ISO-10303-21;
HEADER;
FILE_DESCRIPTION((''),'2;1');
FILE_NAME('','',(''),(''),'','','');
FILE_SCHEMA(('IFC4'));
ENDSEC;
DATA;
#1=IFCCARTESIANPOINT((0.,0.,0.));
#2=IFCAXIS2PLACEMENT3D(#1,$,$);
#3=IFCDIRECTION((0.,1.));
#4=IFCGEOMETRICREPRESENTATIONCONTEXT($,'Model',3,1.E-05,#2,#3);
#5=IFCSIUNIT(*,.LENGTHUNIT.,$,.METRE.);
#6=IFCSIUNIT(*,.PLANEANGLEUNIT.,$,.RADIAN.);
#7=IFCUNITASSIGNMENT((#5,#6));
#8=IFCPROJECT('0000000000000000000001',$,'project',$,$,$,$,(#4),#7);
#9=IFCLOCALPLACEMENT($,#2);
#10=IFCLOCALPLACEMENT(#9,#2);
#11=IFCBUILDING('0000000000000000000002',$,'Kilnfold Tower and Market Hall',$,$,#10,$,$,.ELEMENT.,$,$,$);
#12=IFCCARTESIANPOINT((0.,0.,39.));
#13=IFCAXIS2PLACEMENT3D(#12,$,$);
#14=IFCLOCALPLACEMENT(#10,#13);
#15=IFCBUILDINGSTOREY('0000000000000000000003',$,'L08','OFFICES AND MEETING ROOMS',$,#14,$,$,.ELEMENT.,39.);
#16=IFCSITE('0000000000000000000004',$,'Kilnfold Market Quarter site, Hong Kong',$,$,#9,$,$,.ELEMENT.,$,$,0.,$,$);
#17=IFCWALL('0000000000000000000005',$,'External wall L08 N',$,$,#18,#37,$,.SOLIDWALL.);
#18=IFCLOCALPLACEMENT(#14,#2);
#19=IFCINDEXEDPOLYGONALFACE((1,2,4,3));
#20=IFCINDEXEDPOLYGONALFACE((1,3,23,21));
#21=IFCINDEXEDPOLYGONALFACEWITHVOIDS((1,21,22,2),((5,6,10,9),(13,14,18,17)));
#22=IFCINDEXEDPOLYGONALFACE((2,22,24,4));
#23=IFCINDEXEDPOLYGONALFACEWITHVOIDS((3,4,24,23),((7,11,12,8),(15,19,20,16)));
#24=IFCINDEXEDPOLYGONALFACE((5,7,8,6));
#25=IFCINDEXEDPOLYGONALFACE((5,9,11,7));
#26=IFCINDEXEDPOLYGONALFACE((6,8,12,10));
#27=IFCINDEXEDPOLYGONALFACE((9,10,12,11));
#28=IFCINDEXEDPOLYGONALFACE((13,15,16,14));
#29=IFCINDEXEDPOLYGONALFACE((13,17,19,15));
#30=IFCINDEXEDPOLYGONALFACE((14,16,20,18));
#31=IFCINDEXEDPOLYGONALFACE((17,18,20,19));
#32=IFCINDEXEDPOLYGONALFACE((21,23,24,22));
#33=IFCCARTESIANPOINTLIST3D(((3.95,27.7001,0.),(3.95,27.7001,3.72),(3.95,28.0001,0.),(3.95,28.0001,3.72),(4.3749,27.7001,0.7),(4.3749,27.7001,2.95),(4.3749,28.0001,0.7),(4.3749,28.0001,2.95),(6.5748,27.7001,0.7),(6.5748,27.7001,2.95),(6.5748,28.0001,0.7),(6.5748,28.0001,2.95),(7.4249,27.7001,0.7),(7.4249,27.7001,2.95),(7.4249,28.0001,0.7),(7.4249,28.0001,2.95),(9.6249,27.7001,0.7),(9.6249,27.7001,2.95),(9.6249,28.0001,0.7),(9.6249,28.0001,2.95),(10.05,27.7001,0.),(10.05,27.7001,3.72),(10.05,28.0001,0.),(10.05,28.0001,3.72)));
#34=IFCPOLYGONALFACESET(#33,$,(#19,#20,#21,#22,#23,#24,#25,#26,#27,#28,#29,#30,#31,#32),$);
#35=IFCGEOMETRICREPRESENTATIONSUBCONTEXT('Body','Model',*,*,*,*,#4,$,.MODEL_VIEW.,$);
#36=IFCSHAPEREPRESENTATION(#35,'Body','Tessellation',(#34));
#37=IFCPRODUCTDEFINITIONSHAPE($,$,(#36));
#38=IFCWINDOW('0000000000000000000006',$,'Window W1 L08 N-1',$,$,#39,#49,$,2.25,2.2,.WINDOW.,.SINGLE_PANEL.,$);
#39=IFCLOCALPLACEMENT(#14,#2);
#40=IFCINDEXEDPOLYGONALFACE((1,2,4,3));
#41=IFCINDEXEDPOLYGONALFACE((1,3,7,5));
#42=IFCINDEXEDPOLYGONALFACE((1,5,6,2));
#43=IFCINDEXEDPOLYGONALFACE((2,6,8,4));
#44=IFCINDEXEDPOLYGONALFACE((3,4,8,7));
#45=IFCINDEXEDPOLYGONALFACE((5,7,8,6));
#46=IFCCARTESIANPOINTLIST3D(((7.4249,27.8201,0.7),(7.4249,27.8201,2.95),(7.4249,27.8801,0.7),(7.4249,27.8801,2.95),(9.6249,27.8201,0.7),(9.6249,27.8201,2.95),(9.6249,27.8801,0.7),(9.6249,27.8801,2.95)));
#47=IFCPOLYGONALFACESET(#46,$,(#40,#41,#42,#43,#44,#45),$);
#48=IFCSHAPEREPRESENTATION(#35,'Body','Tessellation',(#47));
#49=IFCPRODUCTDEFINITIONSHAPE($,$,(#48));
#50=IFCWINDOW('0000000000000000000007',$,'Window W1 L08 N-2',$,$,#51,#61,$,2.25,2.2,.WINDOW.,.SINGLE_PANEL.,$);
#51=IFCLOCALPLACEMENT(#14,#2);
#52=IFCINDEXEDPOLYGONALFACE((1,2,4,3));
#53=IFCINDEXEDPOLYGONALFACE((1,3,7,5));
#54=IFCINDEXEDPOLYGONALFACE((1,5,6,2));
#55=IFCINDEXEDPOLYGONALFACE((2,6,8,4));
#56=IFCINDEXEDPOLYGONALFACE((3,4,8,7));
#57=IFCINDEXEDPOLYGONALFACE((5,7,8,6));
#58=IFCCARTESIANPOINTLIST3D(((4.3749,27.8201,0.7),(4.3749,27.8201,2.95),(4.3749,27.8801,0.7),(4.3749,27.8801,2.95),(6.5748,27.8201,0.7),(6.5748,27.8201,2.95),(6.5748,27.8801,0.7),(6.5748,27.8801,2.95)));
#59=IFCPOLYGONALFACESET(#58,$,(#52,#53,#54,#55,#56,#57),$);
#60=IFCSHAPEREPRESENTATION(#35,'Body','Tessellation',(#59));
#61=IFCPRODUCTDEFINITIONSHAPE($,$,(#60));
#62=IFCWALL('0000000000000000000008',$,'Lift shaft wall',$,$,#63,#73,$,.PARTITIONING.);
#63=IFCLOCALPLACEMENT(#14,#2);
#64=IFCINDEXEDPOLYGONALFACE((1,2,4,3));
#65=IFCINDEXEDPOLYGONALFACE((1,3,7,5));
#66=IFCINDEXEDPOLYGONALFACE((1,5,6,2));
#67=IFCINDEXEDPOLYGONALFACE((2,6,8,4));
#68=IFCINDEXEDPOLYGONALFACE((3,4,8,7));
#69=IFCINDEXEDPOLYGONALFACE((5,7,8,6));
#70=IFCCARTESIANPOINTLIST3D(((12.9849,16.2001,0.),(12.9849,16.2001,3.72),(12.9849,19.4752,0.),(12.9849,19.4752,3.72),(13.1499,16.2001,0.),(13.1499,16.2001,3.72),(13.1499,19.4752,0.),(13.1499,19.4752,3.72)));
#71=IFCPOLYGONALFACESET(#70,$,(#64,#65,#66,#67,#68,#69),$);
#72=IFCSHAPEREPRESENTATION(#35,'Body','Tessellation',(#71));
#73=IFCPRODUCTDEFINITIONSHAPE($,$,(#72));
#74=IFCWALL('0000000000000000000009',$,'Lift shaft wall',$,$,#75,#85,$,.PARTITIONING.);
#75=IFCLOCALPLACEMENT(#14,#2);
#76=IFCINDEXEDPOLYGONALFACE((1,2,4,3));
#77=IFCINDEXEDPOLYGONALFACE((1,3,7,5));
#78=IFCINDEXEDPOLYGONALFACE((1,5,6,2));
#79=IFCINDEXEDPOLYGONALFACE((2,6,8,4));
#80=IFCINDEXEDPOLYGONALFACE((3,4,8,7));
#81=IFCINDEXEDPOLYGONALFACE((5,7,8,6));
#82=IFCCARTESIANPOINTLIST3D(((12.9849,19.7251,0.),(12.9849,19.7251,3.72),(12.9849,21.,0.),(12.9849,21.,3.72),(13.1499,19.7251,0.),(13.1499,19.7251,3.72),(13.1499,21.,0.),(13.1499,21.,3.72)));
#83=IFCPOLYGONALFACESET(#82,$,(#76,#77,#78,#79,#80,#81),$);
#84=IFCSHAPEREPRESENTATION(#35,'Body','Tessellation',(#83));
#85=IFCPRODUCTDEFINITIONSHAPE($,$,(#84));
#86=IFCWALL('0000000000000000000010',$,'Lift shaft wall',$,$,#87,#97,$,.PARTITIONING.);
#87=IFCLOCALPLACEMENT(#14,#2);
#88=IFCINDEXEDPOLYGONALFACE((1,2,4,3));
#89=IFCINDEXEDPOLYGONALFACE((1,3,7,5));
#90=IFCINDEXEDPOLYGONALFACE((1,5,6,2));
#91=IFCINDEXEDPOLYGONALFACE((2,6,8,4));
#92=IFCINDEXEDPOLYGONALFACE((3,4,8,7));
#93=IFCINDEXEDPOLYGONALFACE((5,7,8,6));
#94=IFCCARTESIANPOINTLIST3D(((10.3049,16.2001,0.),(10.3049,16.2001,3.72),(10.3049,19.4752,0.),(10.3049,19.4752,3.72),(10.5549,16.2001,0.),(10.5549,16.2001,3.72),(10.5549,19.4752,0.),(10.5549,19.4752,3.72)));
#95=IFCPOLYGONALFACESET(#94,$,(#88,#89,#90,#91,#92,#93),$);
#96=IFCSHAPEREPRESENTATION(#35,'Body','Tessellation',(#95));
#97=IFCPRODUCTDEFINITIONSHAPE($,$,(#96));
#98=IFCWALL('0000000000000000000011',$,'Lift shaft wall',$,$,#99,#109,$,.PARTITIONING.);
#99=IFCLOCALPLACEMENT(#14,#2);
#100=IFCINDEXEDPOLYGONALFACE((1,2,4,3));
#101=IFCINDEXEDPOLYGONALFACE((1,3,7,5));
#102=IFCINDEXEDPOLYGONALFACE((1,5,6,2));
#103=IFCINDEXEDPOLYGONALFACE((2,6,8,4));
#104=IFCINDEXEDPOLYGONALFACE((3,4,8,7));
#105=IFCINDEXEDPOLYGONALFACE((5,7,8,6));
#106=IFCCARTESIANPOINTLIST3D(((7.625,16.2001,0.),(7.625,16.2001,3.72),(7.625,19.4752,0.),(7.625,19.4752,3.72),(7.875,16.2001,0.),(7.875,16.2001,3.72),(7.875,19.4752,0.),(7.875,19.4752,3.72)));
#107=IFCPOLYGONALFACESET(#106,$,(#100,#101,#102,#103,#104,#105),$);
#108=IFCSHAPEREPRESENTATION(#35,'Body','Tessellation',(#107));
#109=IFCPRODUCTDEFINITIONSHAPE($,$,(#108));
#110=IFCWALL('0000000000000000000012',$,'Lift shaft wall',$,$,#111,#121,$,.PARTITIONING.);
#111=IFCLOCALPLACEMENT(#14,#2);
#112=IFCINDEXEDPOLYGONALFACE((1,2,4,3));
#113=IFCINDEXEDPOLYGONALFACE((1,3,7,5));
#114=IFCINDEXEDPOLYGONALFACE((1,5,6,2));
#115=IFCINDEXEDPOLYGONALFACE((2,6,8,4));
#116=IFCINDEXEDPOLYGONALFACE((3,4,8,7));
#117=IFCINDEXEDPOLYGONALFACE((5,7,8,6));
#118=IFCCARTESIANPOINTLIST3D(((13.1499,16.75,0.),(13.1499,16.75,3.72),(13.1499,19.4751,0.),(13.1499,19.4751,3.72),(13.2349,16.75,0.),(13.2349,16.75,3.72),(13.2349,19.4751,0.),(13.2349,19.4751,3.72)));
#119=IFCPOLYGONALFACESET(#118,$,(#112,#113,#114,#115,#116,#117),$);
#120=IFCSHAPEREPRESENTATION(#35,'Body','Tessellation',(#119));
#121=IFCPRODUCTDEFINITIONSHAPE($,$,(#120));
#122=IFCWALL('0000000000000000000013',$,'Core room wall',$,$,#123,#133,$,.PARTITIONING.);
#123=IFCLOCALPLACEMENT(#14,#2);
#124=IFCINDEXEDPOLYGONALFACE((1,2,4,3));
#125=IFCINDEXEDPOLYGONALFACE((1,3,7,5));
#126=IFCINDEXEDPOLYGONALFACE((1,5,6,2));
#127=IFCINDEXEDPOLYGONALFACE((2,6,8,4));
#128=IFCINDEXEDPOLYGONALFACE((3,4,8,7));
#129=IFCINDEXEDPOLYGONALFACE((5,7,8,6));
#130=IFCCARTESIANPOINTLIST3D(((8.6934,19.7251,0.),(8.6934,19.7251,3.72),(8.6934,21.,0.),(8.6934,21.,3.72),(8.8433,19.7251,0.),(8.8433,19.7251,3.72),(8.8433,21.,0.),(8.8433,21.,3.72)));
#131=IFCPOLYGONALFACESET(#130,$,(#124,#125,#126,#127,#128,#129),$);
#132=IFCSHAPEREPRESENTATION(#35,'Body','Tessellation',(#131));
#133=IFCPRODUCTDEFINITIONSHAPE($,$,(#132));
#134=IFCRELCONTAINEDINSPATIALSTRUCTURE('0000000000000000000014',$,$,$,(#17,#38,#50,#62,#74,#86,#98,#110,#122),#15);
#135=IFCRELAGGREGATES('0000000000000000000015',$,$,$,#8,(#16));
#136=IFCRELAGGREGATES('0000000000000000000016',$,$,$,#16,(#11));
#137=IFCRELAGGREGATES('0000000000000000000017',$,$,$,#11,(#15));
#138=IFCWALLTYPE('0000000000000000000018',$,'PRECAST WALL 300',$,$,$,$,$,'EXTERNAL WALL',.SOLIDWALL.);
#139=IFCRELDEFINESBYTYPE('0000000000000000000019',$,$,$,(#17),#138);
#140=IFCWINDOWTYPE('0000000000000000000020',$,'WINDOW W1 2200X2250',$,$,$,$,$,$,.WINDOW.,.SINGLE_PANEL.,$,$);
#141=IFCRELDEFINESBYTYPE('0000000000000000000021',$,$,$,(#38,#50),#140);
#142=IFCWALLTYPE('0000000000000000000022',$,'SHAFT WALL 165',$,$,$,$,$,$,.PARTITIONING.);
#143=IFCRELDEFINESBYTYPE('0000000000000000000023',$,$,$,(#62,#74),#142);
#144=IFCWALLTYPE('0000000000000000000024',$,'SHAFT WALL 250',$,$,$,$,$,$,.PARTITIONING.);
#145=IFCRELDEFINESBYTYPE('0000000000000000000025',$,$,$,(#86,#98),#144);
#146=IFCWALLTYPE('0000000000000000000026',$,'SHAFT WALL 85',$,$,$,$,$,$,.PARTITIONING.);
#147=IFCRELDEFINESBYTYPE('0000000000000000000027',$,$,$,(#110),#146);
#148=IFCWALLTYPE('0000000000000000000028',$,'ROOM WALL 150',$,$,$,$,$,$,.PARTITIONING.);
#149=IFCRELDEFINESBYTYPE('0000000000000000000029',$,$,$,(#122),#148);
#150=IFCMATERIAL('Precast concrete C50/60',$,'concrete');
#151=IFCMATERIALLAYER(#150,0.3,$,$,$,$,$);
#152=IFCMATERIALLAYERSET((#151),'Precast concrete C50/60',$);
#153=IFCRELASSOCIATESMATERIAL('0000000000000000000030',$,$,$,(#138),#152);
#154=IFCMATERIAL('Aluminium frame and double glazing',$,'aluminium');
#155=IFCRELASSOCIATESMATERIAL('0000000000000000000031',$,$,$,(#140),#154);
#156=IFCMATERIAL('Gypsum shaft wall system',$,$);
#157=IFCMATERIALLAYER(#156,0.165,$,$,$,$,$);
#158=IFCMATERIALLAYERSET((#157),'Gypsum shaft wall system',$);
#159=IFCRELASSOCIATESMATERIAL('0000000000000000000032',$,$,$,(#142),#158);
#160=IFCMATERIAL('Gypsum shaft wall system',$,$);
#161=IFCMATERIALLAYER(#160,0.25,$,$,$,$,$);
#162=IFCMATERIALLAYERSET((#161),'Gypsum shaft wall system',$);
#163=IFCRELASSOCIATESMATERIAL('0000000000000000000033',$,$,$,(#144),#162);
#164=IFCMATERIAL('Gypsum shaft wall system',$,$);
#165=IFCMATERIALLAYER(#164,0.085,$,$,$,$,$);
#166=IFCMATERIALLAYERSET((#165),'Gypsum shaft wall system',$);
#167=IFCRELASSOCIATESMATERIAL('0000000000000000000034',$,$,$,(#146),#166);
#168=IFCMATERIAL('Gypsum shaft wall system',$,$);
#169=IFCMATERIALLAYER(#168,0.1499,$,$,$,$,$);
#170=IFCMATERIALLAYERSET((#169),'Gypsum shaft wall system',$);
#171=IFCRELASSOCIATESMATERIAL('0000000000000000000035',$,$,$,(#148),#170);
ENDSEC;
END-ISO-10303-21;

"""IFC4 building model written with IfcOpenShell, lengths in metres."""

from ifc_helpers import new_model, si_unit, direction, frame, frame_2d, origin, place, context, subcontext, project, spatial, rectangle, extrude, source, transform, mapped, material, layer, layer_set, type_object, element, fill, save


model = new_model("IFC4")

# Units and contexts
model_context = context("Model", 3, precision=1e-05, world=origin(), true_north=direction((0.0, 1.0)))
body_context = subcontext(model_context, "Body", "Model", "MODEL_VIEW")
ifc_project = project(units=[si_unit("LENGTHUNIT", "METRE"), si_unit("PLANEANGLEUNIT", "RADIAN")], contexts=[model_context])

# Site, building, storey
site_placement = place(None, origin())
site = spatial("IfcSite", under=ifc_project, at=site_placement, Name="Kilnfold Market Quarter site, Hong Kong", CompositionType="ELEMENT", RefElevation=0.0)
building_placement = place(site_placement, origin())
building = spatial("IfcBuilding", under=site, at=building_placement, Name="Kilnfold Tower and Market Hall", CompositionType="ELEMENT")
storey_placement = place(building_placement, frame((0.0, 0.0, 39.0)))
storey = spatial("IfcBuildingStorey", under=building, at=storey_placement, Name="L08", Description="OFFICES AND MEETING ROOMS", CompositionType="ELEMENT", Elevation=39.0)

# Wall, openings, windows
ifc_material_1 = material(Name="Precast concrete C50/60", Category="concrete")
ifc_layer_1 = layer(ifc_material_1, 0.3)
ifc_layer_set_1 = layer_set([ifc_layer_1], Name="Precast concrete C50/60")
wall_type_1 = type_object("IfcWallType", Name="PRECAST WALL 300", ElementType="EXTERNAL WALL", PredefinedType="SOLIDWALL", material=ifc_layer_set_1)
shared_shape_1 = source(origin(), body_context, "Body", "SweptSolid", [
    extrude(rectangle(XDim=6.1001, YDim=0.3, at=frame_2d((3.05, 0.0))), origin(), (0.0, 0.0, 1.0), 3.72),
])
ifc_material_2 = material(Name="Aluminium frame and double glazing", Category="aluminium")
window_type = type_object("IfcWindowType", Name="WINDOW W1 2200X2250", PartitioningType="SINGLE_PANEL", PredefinedType="WINDOW", material=ifc_material_2)
wall_1_placement = place(storey_placement, frame((10.05, 27.8501, 0.0), z_axis=(0.0, 0.0, 1.0), x_axis=(-1.0, 0.0, 0.0)))
wall_1 = element("IfcWall", 1, at=wall_1_placement, inside=storey, type_object=wall_type_1, Name="External wall L08 N", PredefinedType="SOLIDWALL", context=body_context, shape_type="MappedRepresentation", body=[
    mapped(shared_shape_1, transform((0.0, 0.0, 0.0))),
])
opening_1_placement = place(wall_1_placement, frame((0.425, 0.0, 0.7)))
opening_1 = element("IfcOpeningElement", 2, at=opening_1_placement, cuts=wall_1, PredefinedType="OPENING", context=body_context, shape_type="SweptSolid", body=[
    extrude(rectangle(XDim=2.2, YDim=2.25, at=frame_2d((1.1001, 1.125))), frame((0.0, 0.1602, 0.0), z_axis=(0.0, -1.0, 0.0), x_axis=(1.0, 0.0, 0.0)), (0.0, 0.0, 1.0), 0.3201),
])
opening_2_placement = place(wall_1_placement, frame((3.4751, 0.0, 0.7)))
opening_2 = element("IfcOpeningElement", 3, at=opening_2_placement, cuts=wall_1, PredefinedType="OPENING", context=body_context, shape_type="SweptSolid", body=[
    extrude(rectangle(XDim=2.2, YDim=2.25, at=frame_2d((1.1001, 1.125))), frame((0.0, 0.1602, 0.0), z_axis=(0.0, -1.0, 0.0), x_axis=(1.0, 0.0, 0.0)), (0.0, 0.0, 1.0), 0.3201),
])
window_1_placement = place(opening_1_placement, origin())
window_1 = element("IfcWindow", 4, at=window_1_placement, inside=storey, type_object=window_type, Name="Window W1 L08 N-1", OverallHeight=2.25, OverallWidth=2.2, PartitioningType="SINGLE_PANEL", PredefinedType="WINDOW", context=body_context, shape_type="SweptSolid", body=[
    extrude(rectangle(XDim=2.2, YDim=2.25, at=frame_2d((1.1001, 1.125))), frame((0.0, 0.03, 0.0), z_axis=(0.0, -1.0, 0.0), x_axis=(1.0, 0.0, 0.0)), (0.0, 0.0, 1.0), 0.0601),
])
fill(opening_1, window_1)
window_2_placement = place(opening_2_placement, origin())
window_2 = element("IfcWindow", 5, at=window_2_placement, inside=storey, type_object=window_type, Name="Window W1 L08 N-2", OverallHeight=2.25, OverallWidth=2.2, PartitioningType="SINGLE_PANEL", PredefinedType="WINDOW", context=body_context, shape_type="SweptSolid", body=[
    extrude(rectangle(XDim=2.2, YDim=2.25, at=frame_2d((1.1001, 1.125))), frame((0.0, 0.03, 0.0), z_axis=(0.0, -1.0, 0.0), x_axis=(1.0, 0.0, 0.0)), (0.0, 0.0, 1.0), 0.0601),
])
fill(opening_2, window_2)

# Walls
ifc_material_3 = material(Name="Gypsum shaft wall system")
ifc_layer_2 = layer(ifc_material_3, 0.165)
ifc_layer_set_2 = layer_set([ifc_layer_2], Name="Gypsum shaft wall system")
wall_type_2 = type_object("IfcWallType", Name="SHAFT WALL 165", PredefinedType="PARTITIONING", material=ifc_layer_set_2)
shared_shape_2 = source(origin(), body_context, "Body", "SweptSolid", [
    extrude(rectangle(XDim=3.2751, YDim=0.165, at=frame_2d((1.6377, 0.0))), origin(), (0.0, 0.0, 1.0), 3.72),
])
wall_2_placement = place(storey_placement, frame((13.0674, 16.2, 0.0), z_axis=(0.0, 0.0, 1.0), x_axis=(0.0, 1.0, 0.0)))
element("IfcWall", 6, at=wall_2_placement, inside=storey, type_object=wall_type_2, Name="Lift shaft wall", PredefinedType="PARTITIONING", context=body_context, shape_type="MappedRepresentation", body=[
    mapped(shared_shape_2, transform((0.0, 0.0, 0.0))),
])
shared_shape_3 = source(origin(), body_context, "Body", "SweptSolid", [
    extrude(rectangle(XDim=1.2749, YDim=0.165, at=frame_2d((0.6375, 0.0))), origin(), (0.0, 0.0, 1.0), 3.72),
])
wall_3_placement = place(storey_placement, frame((13.0674, 19.7251, 0.0), z_axis=(0.0, 0.0, 1.0), x_axis=(0.0, 1.0, 0.0)))
element("IfcWall", 7, at=wall_3_placement, inside=storey, type_object=wall_type_2, Name="Lift shaft wall", PredefinedType="PARTITIONING", context=body_context, shape_type="MappedRepresentation", body=[
    mapped(shared_shape_3, transform((0.0, 0.0, 0.0))),
])
ifc_material_4 = material(Name="Gypsum shaft wall system")
ifc_layer_3 = layer(ifc_material_4, 0.25)
ifc_layer_set_3 = layer_set([ifc_layer_3], Name="Gypsum shaft wall system")
wall_type_3 = type_object("IfcWallType", Name="SHAFT WALL 250", PredefinedType="PARTITIONING", material=ifc_layer_set_3)
shared_shape_4 = source(origin(), body_context, "Body", "SweptSolid", [
    extrude(rectangle(XDim=3.2751, YDim=0.25, at=frame_2d((1.6377, 0.0))), origin(), (0.0, 0.0, 1.0), 3.72),
])
for number, where, z_axis, x_axis, name in (
    (8, (10.4299, 16.2, 0.0), (0.0, 0.0, 1.0), (0.0, 1.0, 0.0), "Lift shaft wall"),
    (9, (7.75, 16.2, 0.0), (0.0, 0.0, 1.0), (0.0, 1.0, 0.0), "Lift shaft wall"),
):
    element("IfcWall", number, at=place(storey_placement, frame(where, z_axis=z_axis, x_axis=x_axis)), inside=storey, type_object=wall_type_3, Name=name, PredefinedType="PARTITIONING", context=body_context, shape_type="MappedRepresentation", body=[
        mapped(shared_shape_4, transform((0.0, 0.0, 0.0))),
    ])
ifc_material_5 = material(Name="Gypsum shaft wall system")
ifc_layer_4 = layer(ifc_material_5, 0.085)
ifc_layer_set_4 = layer_set([ifc_layer_4], Name="Gypsum shaft wall system")
wall_type_4 = type_object("IfcWallType", Name="SHAFT WALL 85", PredefinedType="PARTITIONING", material=ifc_layer_set_4)
shared_shape_5 = source(origin(), body_context, "Body", "SweptSolid", [
    extrude(rectangle(XDim=2.7251, YDim=0.085, at=frame_2d((1.3625, 0.0))), origin(), (0.0, 0.0, 1.0), 3.72),
])
wall_4_placement = place(storey_placement, frame((13.1924, 16.75, 0.0), z_axis=(0.0, 0.0, 1.0), x_axis=(0.0, 1.0, 0.0)))
element("IfcWall", 10, at=wall_4_placement, inside=storey, type_object=wall_type_4, Name="Lift shaft wall", PredefinedType="PARTITIONING", context=body_context, shape_type="MappedRepresentation", body=[
    mapped(shared_shape_5, transform((0.0, 0.0, 0.0))),
])
ifc_material_6 = material(Name="Gypsum shaft wall system")
ifc_layer_5 = layer(ifc_material_6, 0.1499)
ifc_layer_set_5 = layer_set([ifc_layer_5], Name="Gypsum shaft wall system")
wall_type_5 = type_object("IfcWallType", Name="ROOM WALL 150", PredefinedType="PARTITIONING", material=ifc_layer_set_5)
shared_shape_6 = source(origin(), body_context, "Body", "SweptSolid", [
    extrude(rectangle(XDim=1.2749, YDim=0.1499, at=frame_2d((0.6375, 0.0))), origin(), (0.0, 0.0, 1.0), 3.72),
])
wall_5_placement = place(storey_placement, frame((8.7683, 19.7251, 0.0), z_axis=(0.0, 0.0, 1.0), x_axis=(0.0, 1.0, 0.0)))
element("IfcWall", 11, at=wall_5_placement, inside=storey, type_object=wall_type_5, Name="Core room wall", PredefinedType="PARTITIONING", context=body_context, shape_type="MappedRepresentation", body=[
    mapped(shared_shape_6, transform((0.0, 0.0, 0.0))),
])

save(model, "model.ifc")
